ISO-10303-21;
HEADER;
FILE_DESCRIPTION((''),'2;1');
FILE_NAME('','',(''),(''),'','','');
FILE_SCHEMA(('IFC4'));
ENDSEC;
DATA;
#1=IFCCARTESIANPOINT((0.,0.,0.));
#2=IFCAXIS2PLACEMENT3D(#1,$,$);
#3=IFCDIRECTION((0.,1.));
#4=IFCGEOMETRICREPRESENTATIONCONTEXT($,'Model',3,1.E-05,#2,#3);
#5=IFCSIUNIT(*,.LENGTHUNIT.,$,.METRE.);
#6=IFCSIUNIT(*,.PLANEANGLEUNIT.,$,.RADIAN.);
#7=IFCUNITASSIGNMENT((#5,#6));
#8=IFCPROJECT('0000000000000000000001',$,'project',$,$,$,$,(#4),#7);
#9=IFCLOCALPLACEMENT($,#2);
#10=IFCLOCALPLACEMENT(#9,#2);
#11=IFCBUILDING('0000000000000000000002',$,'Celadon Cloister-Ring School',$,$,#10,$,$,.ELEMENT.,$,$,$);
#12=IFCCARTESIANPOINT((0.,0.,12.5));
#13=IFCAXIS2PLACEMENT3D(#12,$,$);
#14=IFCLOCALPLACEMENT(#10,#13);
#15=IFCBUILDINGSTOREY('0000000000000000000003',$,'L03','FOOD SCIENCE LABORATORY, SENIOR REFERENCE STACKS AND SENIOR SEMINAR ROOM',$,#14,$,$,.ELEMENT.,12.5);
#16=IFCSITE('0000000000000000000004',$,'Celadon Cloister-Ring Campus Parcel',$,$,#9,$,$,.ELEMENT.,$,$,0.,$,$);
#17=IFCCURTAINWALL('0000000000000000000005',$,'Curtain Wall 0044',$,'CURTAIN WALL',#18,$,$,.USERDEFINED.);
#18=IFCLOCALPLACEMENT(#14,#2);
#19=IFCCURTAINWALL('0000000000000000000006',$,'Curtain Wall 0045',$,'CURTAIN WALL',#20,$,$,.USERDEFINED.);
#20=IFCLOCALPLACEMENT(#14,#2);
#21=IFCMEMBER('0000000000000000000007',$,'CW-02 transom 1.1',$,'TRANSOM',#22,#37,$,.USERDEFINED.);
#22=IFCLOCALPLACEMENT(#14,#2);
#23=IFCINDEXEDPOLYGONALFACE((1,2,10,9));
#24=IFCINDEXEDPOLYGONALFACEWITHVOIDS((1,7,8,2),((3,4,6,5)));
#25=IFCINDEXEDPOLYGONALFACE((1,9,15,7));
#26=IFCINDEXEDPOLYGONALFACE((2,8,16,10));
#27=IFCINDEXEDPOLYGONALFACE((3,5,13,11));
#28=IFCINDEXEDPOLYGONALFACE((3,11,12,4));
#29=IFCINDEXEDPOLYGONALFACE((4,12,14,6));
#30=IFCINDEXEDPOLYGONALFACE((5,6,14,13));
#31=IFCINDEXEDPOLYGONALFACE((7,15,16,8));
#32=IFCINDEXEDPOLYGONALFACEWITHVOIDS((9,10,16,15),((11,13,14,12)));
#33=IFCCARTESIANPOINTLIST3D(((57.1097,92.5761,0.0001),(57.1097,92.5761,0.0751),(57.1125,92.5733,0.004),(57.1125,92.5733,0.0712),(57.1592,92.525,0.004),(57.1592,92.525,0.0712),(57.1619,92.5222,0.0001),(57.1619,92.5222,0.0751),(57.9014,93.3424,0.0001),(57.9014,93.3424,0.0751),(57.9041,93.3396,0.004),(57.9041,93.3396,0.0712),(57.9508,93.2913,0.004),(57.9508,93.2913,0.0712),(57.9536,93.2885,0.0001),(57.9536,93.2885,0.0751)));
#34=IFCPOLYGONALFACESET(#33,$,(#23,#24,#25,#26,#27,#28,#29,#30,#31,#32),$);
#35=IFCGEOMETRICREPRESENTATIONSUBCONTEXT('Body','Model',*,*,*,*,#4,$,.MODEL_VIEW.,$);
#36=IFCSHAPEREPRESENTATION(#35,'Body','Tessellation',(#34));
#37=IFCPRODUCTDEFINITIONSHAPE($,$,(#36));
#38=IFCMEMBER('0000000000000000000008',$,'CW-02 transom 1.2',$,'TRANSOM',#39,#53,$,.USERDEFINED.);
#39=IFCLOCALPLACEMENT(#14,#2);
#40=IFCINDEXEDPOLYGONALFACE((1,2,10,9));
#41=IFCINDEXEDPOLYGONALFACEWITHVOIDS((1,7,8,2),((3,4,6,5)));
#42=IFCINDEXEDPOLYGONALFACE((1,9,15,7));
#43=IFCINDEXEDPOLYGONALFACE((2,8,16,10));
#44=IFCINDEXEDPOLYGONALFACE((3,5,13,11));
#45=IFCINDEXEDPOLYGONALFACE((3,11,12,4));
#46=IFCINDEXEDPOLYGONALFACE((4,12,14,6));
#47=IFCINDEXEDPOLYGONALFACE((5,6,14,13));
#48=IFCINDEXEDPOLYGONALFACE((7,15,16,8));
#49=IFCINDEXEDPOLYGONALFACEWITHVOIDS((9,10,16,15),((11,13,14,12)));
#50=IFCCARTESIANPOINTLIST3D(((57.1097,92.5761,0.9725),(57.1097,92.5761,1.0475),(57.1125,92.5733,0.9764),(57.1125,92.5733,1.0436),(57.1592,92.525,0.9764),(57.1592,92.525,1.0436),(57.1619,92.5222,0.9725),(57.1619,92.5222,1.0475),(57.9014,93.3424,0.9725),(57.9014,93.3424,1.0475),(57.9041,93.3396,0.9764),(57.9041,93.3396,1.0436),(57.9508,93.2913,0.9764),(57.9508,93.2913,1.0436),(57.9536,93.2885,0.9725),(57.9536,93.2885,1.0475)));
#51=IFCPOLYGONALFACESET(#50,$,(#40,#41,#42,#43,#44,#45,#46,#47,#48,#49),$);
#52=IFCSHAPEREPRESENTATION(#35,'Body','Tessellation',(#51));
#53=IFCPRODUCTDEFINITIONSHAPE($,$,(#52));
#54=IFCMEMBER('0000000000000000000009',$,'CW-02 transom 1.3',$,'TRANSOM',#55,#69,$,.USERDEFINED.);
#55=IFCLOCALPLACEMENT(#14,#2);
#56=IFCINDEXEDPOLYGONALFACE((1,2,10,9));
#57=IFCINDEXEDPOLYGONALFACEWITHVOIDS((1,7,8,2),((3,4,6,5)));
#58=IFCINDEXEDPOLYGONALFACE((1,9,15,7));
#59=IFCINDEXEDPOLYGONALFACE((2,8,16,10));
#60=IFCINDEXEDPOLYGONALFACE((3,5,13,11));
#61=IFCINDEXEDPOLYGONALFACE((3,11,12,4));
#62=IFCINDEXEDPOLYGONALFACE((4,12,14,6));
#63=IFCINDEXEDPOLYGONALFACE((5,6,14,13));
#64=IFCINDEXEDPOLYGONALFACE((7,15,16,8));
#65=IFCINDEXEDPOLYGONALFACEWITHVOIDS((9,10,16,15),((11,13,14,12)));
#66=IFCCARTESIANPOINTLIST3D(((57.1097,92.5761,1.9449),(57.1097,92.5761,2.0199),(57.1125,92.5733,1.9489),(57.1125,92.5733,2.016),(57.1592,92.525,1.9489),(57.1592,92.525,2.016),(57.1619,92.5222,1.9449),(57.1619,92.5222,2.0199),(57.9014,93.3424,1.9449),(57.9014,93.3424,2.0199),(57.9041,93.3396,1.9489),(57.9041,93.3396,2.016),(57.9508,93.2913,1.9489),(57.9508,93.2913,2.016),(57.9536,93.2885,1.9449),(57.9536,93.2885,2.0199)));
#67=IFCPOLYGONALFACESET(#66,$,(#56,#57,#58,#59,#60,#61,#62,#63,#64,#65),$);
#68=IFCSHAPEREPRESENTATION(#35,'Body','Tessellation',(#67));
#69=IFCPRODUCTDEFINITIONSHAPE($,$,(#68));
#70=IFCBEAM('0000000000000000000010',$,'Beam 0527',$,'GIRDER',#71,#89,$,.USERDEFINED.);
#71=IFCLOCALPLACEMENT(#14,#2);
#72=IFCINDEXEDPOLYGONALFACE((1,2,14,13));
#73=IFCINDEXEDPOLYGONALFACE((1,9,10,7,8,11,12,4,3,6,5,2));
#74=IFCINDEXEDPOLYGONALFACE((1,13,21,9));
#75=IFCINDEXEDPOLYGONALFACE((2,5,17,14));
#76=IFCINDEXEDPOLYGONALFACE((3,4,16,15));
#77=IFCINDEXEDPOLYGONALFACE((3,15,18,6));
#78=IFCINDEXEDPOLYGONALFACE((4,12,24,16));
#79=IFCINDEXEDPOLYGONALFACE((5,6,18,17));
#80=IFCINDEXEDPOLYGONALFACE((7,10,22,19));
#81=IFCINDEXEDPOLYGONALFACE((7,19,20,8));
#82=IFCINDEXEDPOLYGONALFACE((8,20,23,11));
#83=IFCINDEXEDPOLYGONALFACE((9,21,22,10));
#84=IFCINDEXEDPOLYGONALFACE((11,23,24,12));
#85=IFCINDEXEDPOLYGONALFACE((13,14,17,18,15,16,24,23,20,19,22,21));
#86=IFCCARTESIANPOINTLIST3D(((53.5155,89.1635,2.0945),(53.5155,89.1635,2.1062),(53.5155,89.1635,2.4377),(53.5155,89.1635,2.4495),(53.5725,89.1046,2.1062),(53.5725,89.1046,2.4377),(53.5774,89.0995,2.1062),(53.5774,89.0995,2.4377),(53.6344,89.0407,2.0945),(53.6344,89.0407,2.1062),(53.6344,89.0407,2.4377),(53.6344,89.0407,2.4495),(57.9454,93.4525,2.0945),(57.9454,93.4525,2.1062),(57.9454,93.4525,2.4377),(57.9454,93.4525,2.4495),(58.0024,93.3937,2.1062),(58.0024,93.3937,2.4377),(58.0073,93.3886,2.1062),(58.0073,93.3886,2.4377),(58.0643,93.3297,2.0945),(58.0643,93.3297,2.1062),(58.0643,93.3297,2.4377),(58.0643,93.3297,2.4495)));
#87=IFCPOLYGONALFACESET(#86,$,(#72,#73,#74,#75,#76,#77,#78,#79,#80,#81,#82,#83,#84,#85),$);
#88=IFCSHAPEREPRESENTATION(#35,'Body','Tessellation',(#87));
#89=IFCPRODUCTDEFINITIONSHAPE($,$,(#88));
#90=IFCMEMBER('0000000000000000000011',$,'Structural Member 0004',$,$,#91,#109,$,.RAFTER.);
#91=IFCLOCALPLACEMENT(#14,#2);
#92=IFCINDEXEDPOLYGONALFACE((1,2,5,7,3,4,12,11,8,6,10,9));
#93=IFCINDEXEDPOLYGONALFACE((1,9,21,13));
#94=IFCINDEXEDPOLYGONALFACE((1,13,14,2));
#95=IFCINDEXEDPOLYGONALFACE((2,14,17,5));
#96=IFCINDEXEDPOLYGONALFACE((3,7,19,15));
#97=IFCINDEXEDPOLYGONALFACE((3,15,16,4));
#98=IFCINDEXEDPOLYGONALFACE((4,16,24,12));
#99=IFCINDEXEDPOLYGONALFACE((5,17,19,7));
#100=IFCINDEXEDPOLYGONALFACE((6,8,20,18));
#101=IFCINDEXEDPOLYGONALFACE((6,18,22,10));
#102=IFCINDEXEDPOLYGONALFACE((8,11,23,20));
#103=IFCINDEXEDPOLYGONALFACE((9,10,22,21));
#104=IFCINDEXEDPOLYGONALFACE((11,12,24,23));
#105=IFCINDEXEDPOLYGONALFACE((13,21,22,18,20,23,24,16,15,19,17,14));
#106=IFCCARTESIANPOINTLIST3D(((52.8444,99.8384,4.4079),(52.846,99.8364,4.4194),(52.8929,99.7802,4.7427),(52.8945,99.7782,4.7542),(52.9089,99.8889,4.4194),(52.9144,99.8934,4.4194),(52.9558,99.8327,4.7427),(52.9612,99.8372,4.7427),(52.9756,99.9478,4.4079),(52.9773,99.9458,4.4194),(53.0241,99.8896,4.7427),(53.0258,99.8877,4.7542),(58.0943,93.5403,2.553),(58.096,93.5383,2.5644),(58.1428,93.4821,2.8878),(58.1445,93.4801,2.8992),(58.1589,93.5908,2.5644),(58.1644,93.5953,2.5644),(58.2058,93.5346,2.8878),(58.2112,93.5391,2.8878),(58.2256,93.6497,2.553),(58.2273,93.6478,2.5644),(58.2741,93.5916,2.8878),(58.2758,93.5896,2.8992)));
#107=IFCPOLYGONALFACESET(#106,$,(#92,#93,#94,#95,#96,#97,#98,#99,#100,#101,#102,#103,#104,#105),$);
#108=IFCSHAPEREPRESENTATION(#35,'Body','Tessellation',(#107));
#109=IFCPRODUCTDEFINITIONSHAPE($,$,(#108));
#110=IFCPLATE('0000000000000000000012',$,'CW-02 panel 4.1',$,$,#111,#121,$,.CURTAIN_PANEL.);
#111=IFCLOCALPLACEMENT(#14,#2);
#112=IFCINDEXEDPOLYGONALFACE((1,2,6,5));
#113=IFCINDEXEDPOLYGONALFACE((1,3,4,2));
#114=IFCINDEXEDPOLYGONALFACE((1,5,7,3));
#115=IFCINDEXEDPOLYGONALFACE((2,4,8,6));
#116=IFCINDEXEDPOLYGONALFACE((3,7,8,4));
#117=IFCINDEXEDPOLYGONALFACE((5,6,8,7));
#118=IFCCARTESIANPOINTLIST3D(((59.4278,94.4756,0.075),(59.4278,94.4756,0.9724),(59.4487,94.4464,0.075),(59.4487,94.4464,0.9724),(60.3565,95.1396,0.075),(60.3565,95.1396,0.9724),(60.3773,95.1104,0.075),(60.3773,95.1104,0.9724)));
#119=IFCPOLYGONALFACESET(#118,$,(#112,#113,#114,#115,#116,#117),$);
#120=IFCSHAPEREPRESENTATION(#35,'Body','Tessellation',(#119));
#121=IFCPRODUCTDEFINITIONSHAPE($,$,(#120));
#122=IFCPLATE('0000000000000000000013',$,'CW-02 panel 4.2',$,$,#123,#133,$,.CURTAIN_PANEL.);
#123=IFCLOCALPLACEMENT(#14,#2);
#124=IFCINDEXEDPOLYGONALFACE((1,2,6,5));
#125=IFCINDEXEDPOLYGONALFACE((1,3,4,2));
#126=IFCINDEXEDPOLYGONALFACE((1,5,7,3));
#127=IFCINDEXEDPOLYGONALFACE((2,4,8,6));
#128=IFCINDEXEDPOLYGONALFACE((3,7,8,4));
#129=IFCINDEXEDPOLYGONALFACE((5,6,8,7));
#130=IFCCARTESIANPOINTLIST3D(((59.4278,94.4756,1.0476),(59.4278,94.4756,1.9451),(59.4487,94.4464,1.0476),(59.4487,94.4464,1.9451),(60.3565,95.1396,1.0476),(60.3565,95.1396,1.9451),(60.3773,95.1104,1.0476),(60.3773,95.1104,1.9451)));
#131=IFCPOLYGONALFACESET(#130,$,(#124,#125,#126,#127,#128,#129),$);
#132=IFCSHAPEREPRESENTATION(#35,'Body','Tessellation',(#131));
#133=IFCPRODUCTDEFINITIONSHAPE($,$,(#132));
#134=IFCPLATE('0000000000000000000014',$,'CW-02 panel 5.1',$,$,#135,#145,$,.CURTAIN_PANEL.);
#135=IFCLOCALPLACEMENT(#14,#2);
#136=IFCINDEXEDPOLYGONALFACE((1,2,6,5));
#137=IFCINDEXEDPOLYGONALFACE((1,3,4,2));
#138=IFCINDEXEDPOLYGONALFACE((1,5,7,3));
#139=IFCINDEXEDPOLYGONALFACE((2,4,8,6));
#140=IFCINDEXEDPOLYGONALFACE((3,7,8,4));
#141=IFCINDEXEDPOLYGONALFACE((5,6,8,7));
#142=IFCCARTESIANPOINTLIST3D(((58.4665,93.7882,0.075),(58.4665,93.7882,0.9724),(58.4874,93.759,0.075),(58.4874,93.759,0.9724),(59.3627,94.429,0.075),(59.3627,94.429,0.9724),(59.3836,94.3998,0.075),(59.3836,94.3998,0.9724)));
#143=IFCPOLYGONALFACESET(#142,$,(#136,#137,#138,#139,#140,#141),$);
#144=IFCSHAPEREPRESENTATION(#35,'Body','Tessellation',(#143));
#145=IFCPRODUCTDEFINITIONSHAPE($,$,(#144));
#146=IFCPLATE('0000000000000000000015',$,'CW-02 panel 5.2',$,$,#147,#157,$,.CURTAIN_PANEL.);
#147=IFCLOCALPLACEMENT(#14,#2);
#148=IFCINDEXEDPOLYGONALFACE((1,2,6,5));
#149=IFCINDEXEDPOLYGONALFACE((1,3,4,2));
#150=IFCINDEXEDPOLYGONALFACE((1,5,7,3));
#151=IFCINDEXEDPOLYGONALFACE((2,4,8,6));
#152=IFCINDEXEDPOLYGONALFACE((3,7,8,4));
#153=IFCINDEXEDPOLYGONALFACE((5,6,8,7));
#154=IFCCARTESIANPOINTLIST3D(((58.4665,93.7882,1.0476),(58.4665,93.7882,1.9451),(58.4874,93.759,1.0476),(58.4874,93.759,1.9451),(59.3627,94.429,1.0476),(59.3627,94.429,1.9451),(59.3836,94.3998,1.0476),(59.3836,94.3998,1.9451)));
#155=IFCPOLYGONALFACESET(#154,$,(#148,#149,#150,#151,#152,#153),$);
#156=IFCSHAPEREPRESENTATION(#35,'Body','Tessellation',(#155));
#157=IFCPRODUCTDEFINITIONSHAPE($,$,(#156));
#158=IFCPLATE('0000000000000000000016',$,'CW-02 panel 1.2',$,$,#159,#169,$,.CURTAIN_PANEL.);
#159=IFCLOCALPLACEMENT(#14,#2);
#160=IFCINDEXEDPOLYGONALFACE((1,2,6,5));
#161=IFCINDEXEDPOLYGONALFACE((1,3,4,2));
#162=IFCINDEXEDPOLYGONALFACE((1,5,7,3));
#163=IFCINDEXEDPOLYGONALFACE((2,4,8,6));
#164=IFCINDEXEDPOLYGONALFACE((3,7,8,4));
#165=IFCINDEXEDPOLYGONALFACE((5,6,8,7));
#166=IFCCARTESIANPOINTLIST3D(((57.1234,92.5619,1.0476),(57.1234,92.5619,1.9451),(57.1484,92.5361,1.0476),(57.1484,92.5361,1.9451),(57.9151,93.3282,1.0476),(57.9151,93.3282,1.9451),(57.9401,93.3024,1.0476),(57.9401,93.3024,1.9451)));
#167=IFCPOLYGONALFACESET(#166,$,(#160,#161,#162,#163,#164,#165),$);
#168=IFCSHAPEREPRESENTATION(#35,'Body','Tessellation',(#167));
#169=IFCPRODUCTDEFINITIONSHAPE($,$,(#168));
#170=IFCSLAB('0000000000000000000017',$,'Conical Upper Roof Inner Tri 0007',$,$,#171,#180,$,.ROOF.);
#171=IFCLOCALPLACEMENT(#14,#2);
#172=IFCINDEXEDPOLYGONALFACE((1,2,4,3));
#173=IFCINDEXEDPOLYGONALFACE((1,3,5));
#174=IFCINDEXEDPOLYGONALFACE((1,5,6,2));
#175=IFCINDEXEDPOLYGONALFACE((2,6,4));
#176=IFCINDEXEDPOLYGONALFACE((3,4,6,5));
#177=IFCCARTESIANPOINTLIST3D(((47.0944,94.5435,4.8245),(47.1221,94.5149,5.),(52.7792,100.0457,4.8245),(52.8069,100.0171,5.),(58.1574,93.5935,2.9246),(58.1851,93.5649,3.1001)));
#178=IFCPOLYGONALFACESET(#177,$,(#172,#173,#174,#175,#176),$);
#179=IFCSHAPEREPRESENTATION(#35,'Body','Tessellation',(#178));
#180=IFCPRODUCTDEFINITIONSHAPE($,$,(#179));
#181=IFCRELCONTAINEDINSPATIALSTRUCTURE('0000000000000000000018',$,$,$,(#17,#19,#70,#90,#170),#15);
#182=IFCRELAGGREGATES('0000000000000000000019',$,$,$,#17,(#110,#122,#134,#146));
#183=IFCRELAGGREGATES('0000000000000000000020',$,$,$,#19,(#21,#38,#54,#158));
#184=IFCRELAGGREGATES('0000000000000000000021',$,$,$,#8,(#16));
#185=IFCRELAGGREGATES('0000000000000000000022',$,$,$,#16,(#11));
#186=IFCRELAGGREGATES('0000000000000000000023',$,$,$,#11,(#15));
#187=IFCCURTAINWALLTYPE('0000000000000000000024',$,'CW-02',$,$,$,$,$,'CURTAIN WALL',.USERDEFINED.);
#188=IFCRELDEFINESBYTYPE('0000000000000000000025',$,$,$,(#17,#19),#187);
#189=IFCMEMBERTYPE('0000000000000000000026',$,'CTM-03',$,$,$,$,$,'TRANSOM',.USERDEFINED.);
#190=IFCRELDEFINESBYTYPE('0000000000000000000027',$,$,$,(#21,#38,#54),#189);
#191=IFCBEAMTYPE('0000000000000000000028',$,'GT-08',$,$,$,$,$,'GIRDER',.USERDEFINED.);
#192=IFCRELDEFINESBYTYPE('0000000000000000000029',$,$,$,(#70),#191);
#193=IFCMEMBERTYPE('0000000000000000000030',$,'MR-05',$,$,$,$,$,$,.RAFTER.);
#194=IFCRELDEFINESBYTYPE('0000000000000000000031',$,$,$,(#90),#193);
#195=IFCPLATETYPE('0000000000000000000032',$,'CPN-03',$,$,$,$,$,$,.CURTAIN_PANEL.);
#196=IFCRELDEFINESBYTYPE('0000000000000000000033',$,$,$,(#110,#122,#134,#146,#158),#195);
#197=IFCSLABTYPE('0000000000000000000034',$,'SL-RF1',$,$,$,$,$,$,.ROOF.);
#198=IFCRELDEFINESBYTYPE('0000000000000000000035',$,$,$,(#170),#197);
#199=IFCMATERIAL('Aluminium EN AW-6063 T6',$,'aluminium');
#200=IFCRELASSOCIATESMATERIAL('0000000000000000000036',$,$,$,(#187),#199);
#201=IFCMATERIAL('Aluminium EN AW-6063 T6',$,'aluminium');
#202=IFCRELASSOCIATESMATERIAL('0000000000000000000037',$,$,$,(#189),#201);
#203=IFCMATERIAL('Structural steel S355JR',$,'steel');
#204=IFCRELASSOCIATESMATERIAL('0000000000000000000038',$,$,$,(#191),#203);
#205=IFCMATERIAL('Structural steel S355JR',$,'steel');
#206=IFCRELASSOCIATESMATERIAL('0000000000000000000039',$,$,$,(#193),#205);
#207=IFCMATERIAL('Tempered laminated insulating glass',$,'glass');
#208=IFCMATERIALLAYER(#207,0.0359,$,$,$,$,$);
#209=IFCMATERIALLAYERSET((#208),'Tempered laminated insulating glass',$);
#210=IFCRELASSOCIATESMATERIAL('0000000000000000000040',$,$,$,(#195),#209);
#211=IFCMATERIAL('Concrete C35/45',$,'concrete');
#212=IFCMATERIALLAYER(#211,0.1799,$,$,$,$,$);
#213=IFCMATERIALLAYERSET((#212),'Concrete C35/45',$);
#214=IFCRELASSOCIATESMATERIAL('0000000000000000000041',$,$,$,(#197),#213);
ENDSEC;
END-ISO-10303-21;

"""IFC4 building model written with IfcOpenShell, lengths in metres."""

from ifc_helpers import new_model, si_unit, direction, frame, origin, origin_2d, place, context, subcontext, project, spatial, polyline, rectangle, hollow_rectangle, i_section, outline, extrude, material, layer, layer_set, material_profile, profile_set, type_object, element, aggregate, save


model = new_model("IFC4")

# Units and contexts
model_context = context("Model", 3, precision=1e-05, world=origin(), true_north=direction((0.0, 1.0)))
body_context = subcontext(model_context, "Body", "Model", "MODEL_VIEW")
ifc_project = project(units=[si_unit("LENGTHUNIT", "METRE"), si_unit("PLANEANGLEUNIT", "RADIAN")], contexts=[model_context])

# Site, building, storey
site_placement = place(None, origin())
site = spatial("IfcSite", under=ifc_project, at=site_placement, Name="Celadon Cloister-Ring Campus Parcel", CompositionType="ELEMENT", RefElevation=0.0)
building_placement = place(site_placement, origin())
building = spatial("IfcBuilding", under=site, at=building_placement, Name="Celadon Cloister-Ring School", CompositionType="ELEMENT")
storey_placement = place(building_placement, frame((0.0, 0.0, 12.5)))
storey = spatial("IfcBuildingStorey", under=building, at=storey_placement, Name="L03", Description="FOOD SCIENCE LABORATORY, SENIOR REFERENCE STACKS AND SENIOR SEMINAR ROOM", CompositionType="ELEMENT", Elevation=12.5)

# Curtain wall
ifc_material_1 = material(Name="Aluminium EN AW-6063 T6", Category="aluminium")
curtain_wall_type = type_object("IfcCurtainWallType", Name="CW-02", ElementType="CURTAIN WALL", PredefinedType="USERDEFINED", material=ifc_material_1)
curtain_wall_1_placement = place(storey_placement, origin())
curtain_wall_1 = element("IfcCurtainWall", 1, at=curtain_wall_1_placement, inside=storey, type_object=curtain_wall_type, Name="Curtain Wall 0044", ObjectType="CURTAIN WALL", PredefinedType="USERDEFINED")

# Curtain wall
curtain_wall_2_placement = place(storey_placement, origin())
curtain_wall_2 = element("IfcCurtainWall", 2, at=curtain_wall_2_placement, inside=storey, type_object=curtain_wall_type, Name="Curtain Wall 0045", ObjectType="CURTAIN WALL", PredefinedType="USERDEFINED")

# Members
ifc_material_2 = material(Name="Aluminium EN AW-6063 T6", Category="aluminium")
ifc_material_profile_1 = material_profile(ifc_material_2, hollow_rectangle(XDim=0.075, YDim=0.075, WallThickness=0.0039, at=origin_2d()), Name="RHS75X75X4")
ifc_profile_set_1 = profile_set([ifc_material_profile_1], Name="Aluminium EN AW-6063 T6")
member_type_1 = type_object("IfcMemberType", Name="CTM-03", ElementType="TRANSOM", PredefinedType="USERDEFINED", material=ifc_profile_set_1)
member_1_placement = place(storey_placement, frame((57.9275, 93.3154, 0.0376), z_axis=(-0.718534, -0.695492, 0.0), x_axis=(0.695492, -0.718534, 0.0)))
member_1 = element("IfcMember", 3, at=member_1_placement, type_object=member_type_1, Name="CW-02 transom 1.1", ObjectType="TRANSOM", PredefinedType="USERDEFINED", context=body_context, shape_type="SweptSolid", body=[
    extrude(hollow_rectangle(XDim=0.075, YDim=0.075, WallThickness=0.0039, at=origin_2d()), origin(), (0.0, 0.0, 1.0), 1.1018),
])
member_2_placement = place(storey_placement, frame((57.9275, 93.3154, 1.01), z_axis=(-0.718534, -0.695492, 0.0), x_axis=(0.695492, -0.718534, 0.0)))
member_2 = element("IfcMember", 4, at=member_2_placement, type_object=member_type_1, Name="CW-02 transom 1.2", ObjectType="TRANSOM", PredefinedType="USERDEFINED", context=body_context, shape_type="SweptSolid", body=[
    extrude(hollow_rectangle(XDim=0.075, YDim=0.075, WallThickness=0.0039, at=origin_2d()), origin(), (0.0, 0.0, 1.0), 1.1018),
])
member_3_placement = place(storey_placement, frame((57.9275, 93.3154, 1.9824), z_axis=(-0.718534, -0.695492, 0.0), x_axis=(0.695492, -0.718534, 0.0)))
member_3 = element("IfcMember", 5, at=member_3_placement, type_object=member_type_1, Name="CW-02 transom 1.3", ObjectType="TRANSOM", PredefinedType="USERDEFINED", context=body_context, shape_type="SweptSolid", body=[
    extrude(hollow_rectangle(XDim=0.075, YDim=0.075, WallThickness=0.0039, at=origin_2d()), origin(), (0.0, 0.0, 1.0), 1.1018),
])

# Beam
ifc_material_3 = material(Name="Structural steel S355JR", Category="steel")
ifc_material_profile_2 = material_profile(ifc_material_3, i_section(OverallWidth=0.1709, OverallDepth=0.355, WebThickness=0.0071, FlangeThickness=0.0117, at=origin_2d()), Name="W360X51")
ifc_profile_set_2 = profile_set([ifc_material_profile_2], Name="Structural steel S355JR")
beam_type = type_object("IfcBeamType", Name="GT-08", ElementType="GIRDER", PredefinedType="USERDEFINED", material=ifc_profile_set_2)
beam_placement = place(storey_placement, frame((58.0049, 93.3911, 2.272), z_axis=(-0.718437, -0.695592, 0.0), x_axis=(0.695592, -0.718437, 0.0)))
element("IfcBeam", 6, at=beam_placement, inside=storey, type_object=beam_type, Name="Beam 0527", ObjectType="GIRDER", PredefinedType="USERDEFINED", context=body_context, shape_type="SweptSolid", body=[
    extrude(i_section(OverallWidth=0.1709, OverallDepth=0.355, WebThickness=0.0071, FlangeThickness=0.0117, at=origin_2d()), origin(), (0.0, 0.0, 1.0), 6.166),
])

# Member
ifc_material_4 = material(Name="Structural steel S355JR", Category="steel")
ifc_material_profile_3 = material_profile(ifc_material_4, i_section(OverallWidth=0.1709, OverallDepth=0.355, WebThickness=0.0071, FlangeThickness=0.0117, at=origin_2d()), Name="W360X51")
ifc_profile_set_3 = profile_set([ifc_material_profile_3], Name="Structural steel S355JR")
member_type_2 = type_object("IfcMemberType", Name="MR-05", PredefinedType="RAFTER", material=ifc_profile_set_3)
member_4_placement = place(storey_placement, frame((58.1851, 93.5649, 2.7261), z_axis=(-0.624516, 0.749192, 0.22066), x_axis=(-0.768126, -0.640299, 0.0)))
element("IfcMember", 7, at=member_4_placement, inside=storey, type_object=member_type_2, Name="Structural Member 0004", PredefinedType="RAFTER", context=body_context, shape_type="SweptSolid", body=[
    extrude(i_section(OverallWidth=0.1709, OverallDepth=0.355, WebThickness=0.0071, FlangeThickness=0.0117, at=origin_2d()), origin(), (0.0, 0.0, 1.0), 8.4065),
])

# Plates
ifc_material_5 = material(Name="Tempered laminated insulating glass", Category="glass")
ifc_layer_1 = layer(ifc_material_5, 0.0359)
ifc_layer_set_1 = layer_set([ifc_layer_1], Name="Tempered laminated insulating glass")
plate_type = type_object("IfcPlateType", Name="CPN-03", PredefinedType="CURTAIN_PANEL", material=ifc_layer_set_1)
plate_1_placement = place(storey_placement, frame((59.9026, 94.793, 0.075), z_axis=(0.0, 0.0, 1.0), x_axis=(-0.813446, -0.581641, 0.0)))
plate_1 = element("IfcPlate", 8, at=plate_1_placement, type_object=plate_type, Name="CW-02 panel 4.1", PredefinedType="CURTAIN_PANEL", context=body_context, shape_type="SweptSolid", body=[
    extrude(rectangle(XDim=1.1416, YDim=0.0359, at=origin_2d()), origin(), (0.0, 0.0, 1.0), 0.8975),
])
plate_2_placement = place(storey_placement, frame((59.9026, 94.793, 1.0476), z_axis=(0.0, 0.0, 1.0), x_axis=(-0.813446, -0.581641, 0.0)))
plate_2 = element("IfcPlate", 9, at=plate_2_placement, type_object=plate_type, Name="CW-02 panel 4.2", PredefinedType="CURTAIN_PANEL", context=body_context, shape_type="SweptSolid", body=[
    extrude(rectangle(XDim=1.1416, YDim=0.0359, at=origin_2d()), origin(), (0.0, 0.0, 1.0), 0.8975),
])
plate_3_placement = place(storey_placement, frame((58.925, 94.094, 0.075), z_axis=(0.0, 0.0, 1.0), x_axis=(-0.813446, -0.581641, 0.0)))
plate_3 = element("IfcPlate", 10, at=plate_3_placement, type_object=plate_type, Name="CW-02 panel 5.1", PredefinedType="CURTAIN_PANEL", context=body_context, shape_type="SweptSolid", body=[
    extrude(rectangle(XDim=1.1018, YDim=0.0359, at=origin_2d()), origin(), (0.0, 0.0, 1.0), 0.8975),
])
plate_4_placement = place(storey_placement, frame((58.925, 94.094, 1.0476), z_axis=(0.0, 0.0, 1.0), x_axis=(-0.813446, -0.581641, 0.0)))
plate_4 = element("IfcPlate", 11, at=plate_4_placement, type_object=plate_type, Name="CW-02 panel 5.2", PredefinedType="CURTAIN_PANEL", context=body_context, shape_type="SweptSolid", body=[
    extrude(rectangle(XDim=1.1018, YDim=0.0359, at=origin_2d()), origin(), (0.0, 0.0, 1.0), 0.8975),
])
aggregate(curtain_wall_1, [plate_1, plate_2, plate_3, plate_4])
plate_5_placement = place(storey_placement, frame((57.5317, 92.9321, 1.0476), z_axis=(0.0, 0.0, 1.0), x_axis=(-0.718552, -0.695473, 0.0)))
plate_5 = element("IfcPlate", 12, at=plate_5_placement, type_object=plate_type, Name="CW-02 panel 1.2", PredefinedType="CURTAIN_PANEL", context=body_context, shape_type="SweptSolid", body=[
    extrude(rectangle(XDim=1.1018, YDim=0.0359, at=origin_2d()), origin(), (0.0, 0.0, 1.0), 0.8975),
])
aggregate(curtain_wall_2, [member_1, member_2, member_3, plate_5])

# Slab
ifc_material_6 = material(Name="Concrete C35/45", Category="concrete")
ifc_layer_2 = layer(ifc_material_6, 0.1799)
ifc_layer_set_2 = layer_set([ifc_layer_2], Name="Concrete C35/45")
slab_type = type_object("IfcSlabType", Name="SL-RF1", PredefinedType="ROOF", material=ifc_layer_set_2)
slab_1_placement = place(storey_placement, frame((58.1851, 93.5649, 3.1001), z_axis=(0.153833, -0.158939, 0.97523), x_axis=(-0.624506, 0.749214, 0.220614)))
element("IfcSlab", 13, at=slab_1_placement, inside=storey, type_object=slab_type, Name="Conical Upper Roof Inner Tri 0007", PredefinedType="ROOF", context=body_context, shape_type="SweptSolid", body=[
    extrude(outline(polyline([(0.0, 0.0), (8.6119, 0.0), (8.0398, 7.8908), (0.0, 0.0)])), origin(), (0.0, 0.0, -1.0), 0.1799),
])

save(model, "model.ifc")
